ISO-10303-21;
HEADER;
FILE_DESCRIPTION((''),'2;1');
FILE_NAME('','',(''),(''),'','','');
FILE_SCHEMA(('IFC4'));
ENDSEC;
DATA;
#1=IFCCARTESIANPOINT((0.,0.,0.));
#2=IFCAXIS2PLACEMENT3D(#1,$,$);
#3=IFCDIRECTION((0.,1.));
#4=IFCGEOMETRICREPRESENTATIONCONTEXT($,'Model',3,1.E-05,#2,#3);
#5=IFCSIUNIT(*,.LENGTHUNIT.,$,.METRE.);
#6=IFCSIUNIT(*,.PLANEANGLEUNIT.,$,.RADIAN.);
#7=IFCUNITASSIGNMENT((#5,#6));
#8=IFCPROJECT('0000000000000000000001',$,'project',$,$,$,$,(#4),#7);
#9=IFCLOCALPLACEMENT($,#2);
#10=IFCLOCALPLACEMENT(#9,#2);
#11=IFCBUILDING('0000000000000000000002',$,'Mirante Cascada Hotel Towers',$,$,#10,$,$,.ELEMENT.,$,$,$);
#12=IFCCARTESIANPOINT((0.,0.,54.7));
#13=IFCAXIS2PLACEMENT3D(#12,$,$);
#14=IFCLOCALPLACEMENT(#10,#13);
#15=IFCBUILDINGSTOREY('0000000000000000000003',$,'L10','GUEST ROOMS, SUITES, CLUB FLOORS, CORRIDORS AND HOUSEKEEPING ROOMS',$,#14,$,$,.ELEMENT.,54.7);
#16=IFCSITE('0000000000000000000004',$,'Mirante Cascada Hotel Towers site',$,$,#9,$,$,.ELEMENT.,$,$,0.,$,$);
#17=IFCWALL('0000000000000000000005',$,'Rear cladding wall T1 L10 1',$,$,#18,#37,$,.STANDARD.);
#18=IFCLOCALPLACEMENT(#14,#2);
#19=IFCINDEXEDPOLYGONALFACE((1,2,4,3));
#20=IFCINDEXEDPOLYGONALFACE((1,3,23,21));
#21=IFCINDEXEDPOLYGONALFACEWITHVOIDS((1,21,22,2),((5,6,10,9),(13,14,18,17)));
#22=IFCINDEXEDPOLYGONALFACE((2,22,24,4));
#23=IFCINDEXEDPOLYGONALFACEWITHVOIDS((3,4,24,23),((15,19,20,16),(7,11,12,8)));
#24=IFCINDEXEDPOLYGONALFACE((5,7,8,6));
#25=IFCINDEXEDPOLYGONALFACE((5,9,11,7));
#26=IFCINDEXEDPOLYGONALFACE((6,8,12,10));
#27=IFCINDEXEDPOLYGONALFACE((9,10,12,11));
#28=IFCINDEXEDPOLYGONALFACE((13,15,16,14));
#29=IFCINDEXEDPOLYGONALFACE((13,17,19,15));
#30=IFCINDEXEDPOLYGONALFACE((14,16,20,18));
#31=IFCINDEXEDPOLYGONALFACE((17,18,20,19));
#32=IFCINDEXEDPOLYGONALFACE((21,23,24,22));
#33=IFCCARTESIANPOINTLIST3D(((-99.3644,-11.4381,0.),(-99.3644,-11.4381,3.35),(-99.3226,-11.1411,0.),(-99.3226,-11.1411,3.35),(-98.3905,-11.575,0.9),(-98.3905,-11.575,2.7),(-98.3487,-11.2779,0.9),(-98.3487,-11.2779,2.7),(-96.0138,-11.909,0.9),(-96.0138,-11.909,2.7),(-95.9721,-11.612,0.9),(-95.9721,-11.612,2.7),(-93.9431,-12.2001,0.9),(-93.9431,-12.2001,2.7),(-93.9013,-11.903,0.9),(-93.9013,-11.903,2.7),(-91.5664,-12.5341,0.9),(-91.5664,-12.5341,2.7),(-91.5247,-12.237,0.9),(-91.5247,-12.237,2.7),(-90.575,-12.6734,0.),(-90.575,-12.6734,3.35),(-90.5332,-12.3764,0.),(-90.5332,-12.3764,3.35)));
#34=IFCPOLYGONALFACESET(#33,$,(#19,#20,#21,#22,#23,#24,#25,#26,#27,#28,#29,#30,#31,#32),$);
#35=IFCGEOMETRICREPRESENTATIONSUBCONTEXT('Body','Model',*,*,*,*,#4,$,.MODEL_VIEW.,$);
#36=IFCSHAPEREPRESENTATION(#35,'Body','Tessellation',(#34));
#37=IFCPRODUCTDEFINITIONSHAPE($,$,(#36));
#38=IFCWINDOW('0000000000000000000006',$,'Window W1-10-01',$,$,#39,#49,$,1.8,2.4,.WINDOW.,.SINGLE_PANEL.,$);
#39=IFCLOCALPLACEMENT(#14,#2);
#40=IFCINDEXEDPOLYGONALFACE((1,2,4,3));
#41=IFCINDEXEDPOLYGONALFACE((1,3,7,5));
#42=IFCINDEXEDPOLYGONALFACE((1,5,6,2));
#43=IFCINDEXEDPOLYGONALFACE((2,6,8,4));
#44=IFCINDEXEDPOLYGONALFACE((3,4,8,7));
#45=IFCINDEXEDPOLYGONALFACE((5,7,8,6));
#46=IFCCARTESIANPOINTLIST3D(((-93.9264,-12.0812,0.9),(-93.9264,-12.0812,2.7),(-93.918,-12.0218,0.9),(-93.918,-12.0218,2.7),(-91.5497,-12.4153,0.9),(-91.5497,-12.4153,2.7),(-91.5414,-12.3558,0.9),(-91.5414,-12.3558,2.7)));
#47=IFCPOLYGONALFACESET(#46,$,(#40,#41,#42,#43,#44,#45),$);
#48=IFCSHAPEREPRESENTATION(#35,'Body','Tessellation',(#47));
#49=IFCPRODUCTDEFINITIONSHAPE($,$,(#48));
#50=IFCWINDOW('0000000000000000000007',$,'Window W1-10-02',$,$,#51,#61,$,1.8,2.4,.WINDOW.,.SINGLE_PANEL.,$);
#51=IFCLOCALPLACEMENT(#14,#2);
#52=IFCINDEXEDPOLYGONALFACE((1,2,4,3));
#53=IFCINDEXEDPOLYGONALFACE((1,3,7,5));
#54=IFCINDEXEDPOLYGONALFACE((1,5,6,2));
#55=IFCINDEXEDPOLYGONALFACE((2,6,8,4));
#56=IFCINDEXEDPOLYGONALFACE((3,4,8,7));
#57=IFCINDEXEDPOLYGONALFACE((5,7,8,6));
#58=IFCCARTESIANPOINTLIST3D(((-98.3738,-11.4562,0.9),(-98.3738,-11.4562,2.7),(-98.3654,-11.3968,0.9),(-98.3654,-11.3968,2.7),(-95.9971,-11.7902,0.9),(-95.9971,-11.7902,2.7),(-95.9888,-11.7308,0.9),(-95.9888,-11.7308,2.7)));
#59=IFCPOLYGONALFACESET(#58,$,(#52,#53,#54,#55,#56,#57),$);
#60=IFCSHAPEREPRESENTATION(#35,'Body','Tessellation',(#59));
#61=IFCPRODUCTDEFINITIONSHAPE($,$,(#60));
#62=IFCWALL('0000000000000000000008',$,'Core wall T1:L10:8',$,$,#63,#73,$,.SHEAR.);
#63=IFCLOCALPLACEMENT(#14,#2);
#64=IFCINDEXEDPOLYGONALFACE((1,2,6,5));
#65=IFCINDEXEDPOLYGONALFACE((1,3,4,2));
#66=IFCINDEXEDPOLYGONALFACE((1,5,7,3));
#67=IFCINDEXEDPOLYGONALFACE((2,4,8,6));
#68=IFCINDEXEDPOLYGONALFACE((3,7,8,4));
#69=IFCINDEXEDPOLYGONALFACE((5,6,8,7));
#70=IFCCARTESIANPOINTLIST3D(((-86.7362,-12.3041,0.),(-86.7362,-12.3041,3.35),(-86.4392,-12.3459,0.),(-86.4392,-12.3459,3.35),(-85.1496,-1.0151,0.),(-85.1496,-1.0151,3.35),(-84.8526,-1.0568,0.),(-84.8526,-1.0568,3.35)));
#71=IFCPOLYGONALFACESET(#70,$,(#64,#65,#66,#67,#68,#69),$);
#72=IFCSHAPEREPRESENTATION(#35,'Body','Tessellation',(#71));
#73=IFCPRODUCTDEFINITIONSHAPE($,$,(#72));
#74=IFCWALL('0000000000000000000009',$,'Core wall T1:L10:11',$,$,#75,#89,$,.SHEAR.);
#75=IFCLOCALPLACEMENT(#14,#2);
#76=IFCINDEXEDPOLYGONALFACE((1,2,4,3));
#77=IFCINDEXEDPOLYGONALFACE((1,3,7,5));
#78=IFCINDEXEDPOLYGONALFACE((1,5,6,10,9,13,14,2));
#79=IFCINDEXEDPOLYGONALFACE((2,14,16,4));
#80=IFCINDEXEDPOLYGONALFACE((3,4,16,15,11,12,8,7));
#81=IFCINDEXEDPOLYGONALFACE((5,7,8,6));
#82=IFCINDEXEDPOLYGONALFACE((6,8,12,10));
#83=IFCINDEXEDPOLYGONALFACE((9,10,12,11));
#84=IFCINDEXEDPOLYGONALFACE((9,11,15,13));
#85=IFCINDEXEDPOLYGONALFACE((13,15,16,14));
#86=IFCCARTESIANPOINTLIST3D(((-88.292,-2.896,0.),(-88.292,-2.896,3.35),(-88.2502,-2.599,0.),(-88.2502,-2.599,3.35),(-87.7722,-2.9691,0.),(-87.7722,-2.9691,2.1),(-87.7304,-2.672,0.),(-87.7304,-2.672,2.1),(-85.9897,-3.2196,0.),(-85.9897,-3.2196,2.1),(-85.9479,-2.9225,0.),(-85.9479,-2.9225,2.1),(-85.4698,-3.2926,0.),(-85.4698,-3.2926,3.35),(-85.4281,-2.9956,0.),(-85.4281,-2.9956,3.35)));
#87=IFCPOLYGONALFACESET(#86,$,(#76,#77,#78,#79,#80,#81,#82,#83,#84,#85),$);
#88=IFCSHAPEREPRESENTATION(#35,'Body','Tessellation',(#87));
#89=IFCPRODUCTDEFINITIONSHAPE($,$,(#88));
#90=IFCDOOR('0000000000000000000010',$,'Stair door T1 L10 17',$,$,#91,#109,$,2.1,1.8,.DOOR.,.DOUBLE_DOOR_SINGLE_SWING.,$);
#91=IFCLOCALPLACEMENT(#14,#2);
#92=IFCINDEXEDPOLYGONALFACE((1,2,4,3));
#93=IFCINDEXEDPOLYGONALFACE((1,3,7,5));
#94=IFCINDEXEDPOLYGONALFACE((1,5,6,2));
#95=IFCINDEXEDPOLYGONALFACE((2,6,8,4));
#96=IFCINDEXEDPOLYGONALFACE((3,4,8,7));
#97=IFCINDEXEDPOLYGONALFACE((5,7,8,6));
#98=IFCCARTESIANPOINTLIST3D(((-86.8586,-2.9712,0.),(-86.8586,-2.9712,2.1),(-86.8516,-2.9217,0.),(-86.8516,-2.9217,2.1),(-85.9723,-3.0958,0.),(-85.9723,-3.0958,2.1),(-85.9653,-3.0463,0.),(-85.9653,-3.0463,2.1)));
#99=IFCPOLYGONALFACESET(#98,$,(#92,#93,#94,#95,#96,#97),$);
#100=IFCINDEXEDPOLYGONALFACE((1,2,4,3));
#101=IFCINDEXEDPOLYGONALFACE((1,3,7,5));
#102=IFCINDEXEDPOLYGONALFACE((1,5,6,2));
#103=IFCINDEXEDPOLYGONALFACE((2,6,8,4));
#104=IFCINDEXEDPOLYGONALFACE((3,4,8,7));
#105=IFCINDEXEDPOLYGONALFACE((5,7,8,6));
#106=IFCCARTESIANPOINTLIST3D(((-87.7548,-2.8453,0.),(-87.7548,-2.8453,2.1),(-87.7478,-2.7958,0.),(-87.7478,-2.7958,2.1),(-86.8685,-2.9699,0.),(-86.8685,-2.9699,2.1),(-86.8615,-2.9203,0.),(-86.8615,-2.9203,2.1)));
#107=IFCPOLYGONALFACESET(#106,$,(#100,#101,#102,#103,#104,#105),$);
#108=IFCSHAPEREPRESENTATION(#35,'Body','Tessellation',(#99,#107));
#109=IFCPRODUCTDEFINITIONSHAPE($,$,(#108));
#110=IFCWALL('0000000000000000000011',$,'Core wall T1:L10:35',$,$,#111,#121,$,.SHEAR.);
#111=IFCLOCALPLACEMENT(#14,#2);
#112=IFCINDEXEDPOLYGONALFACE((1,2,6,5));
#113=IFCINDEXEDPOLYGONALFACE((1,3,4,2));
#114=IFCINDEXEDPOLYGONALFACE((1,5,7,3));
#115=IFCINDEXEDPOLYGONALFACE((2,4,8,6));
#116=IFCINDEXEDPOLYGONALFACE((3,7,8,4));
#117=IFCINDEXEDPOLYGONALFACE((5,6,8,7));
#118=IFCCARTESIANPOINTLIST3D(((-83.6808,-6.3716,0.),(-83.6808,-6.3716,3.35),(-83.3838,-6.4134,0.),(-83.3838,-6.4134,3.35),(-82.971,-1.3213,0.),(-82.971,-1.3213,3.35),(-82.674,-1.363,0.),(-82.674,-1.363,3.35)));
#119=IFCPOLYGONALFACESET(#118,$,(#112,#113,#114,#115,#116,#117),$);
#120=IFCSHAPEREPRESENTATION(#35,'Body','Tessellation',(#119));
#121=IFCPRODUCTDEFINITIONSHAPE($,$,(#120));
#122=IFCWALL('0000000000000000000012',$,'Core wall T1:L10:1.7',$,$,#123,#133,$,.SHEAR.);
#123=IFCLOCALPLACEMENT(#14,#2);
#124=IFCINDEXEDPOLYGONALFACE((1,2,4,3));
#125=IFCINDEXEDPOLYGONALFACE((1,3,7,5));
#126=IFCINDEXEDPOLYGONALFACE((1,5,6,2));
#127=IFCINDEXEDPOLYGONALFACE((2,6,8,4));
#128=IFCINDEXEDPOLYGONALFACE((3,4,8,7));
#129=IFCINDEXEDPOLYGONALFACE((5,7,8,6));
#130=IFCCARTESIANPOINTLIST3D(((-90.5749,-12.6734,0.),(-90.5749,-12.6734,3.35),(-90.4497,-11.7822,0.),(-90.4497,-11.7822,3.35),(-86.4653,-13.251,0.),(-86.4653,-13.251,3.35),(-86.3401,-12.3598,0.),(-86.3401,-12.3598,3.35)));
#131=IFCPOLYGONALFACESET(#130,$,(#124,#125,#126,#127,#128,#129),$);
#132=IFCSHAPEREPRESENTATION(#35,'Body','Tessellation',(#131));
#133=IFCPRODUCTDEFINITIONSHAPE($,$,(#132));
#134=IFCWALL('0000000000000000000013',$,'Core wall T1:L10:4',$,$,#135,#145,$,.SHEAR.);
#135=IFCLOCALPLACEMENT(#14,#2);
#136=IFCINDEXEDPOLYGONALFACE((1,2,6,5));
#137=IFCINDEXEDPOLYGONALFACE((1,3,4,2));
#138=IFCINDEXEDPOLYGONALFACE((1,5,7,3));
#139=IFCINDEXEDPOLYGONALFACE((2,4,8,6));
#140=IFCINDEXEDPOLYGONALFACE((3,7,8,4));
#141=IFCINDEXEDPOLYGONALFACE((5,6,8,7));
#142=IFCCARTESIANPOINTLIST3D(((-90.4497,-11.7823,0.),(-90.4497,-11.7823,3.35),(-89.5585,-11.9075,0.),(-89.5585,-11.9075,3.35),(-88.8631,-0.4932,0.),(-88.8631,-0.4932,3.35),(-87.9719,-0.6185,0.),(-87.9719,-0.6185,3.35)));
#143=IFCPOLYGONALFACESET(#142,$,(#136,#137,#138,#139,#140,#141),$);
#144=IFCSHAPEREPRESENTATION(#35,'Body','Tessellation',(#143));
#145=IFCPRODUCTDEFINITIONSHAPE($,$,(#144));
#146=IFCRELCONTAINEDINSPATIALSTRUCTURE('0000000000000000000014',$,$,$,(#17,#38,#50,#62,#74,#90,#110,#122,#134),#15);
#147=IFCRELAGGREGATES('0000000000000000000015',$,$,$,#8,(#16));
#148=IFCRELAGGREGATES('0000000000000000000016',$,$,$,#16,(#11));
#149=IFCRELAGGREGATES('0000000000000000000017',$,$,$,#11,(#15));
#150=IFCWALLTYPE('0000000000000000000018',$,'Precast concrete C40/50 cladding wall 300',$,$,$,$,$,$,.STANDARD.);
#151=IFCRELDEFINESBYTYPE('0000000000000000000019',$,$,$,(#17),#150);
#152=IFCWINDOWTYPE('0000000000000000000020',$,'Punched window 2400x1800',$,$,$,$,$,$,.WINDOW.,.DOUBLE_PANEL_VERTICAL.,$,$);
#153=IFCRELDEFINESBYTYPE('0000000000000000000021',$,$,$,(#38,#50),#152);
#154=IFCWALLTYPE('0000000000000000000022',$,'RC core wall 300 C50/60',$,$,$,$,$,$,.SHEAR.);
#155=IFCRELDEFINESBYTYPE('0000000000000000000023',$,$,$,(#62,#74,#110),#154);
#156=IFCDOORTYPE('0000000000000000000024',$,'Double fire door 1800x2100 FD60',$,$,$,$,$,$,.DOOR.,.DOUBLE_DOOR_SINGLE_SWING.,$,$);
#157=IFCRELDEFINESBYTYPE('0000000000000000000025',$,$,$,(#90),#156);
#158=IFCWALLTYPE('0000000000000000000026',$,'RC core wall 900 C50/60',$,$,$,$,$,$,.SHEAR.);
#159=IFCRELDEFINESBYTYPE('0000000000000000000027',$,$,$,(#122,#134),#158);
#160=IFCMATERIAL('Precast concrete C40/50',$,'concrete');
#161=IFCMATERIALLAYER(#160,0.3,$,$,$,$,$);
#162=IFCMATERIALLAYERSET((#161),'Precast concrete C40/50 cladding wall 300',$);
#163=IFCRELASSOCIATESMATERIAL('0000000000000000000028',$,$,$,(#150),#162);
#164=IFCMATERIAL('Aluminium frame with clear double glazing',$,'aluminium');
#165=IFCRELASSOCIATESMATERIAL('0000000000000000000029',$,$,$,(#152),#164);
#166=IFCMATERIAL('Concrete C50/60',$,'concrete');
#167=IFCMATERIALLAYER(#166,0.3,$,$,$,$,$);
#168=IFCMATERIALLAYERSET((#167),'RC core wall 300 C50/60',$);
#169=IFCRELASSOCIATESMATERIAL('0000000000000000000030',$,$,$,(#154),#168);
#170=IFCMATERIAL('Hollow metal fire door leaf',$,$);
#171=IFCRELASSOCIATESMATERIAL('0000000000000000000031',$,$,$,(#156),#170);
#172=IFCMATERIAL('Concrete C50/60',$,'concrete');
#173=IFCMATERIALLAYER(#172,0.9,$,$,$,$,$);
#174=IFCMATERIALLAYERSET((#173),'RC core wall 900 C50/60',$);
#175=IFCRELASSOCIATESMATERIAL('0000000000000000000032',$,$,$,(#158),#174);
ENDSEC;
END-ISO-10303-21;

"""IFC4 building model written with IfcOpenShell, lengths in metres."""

from ifc_helpers import new_model, si_unit, direction, frame, frame_2d, origin, place, context, subcontext, project, spatial, rectangle, extrude, material, layer, layer_set, type_object, element, fill, save


model = new_model("IFC4")

# Units and contexts
model_context = context("Model", 3, precision=1e-05, world=origin(), true_north=direction((0.0, 1.0)))
body_context = subcontext(model_context, "Body", "Model", "MODEL_VIEW")
ifc_project = project(units=[si_unit("LENGTHUNIT", "METRE"), si_unit("PLANEANGLEUNIT", "RADIAN")], contexts=[model_context])

# Site, building, storey
site_placement = place(None, origin())
site = spatial("IfcSite", under=ifc_project, at=site_placement, Name="Mirante Cascada Hotel Towers site", CompositionType="ELEMENT", RefElevation=0.0)
building_placement = place(site_placement, origin())
building = spatial("IfcBuilding", under=site, at=building_placement, Name="Mirante Cascada Hotel Towers", CompositionType="ELEMENT")
storey_placement = place(building_placement, frame((0.0, 0.0, 54.7)))
storey = spatial("IfcBuildingStorey", under=building, at=storey_placement, Name="L10", Description="GUEST ROOMS, SUITES, CLUB FLOORS, CORRIDORS AND HOUSEKEEPING ROOMS", CompositionType="ELEMENT", Elevation=54.7)

# Wall, openings, windows
ifc_material_1 = material(Name="Precast concrete C40/50", Category="concrete")
ifc_layer_1 = layer(ifc_material_1, 0.3)
ifc_layer_set_1 = layer_set([ifc_layer_1], Name="Precast concrete C40/50 cladding wall 300")
wall_type_1 = type_object("IfcWallType", Name="Precast concrete C40/50 cladding wall 300", PredefinedType="STANDARD", material=ifc_layer_set_1)
wall_1_placement = place(storey_placement, frame((-90.5541, -12.5249, 0.0), z_axis=(0.0, 0.0, 1.0), x_axis=(-0.990268, 0.139177, 0.0)))
wall_1 = element("IfcWall", 1, at=wall_1_placement, inside=storey, type_object=wall_type_1, Name="Rear cladding wall T1 L10 1", PredefinedType="STANDARD", context=body_context, shape_type="SweptSolid", body=[
    extrude(rectangle(XDim=8.8758, YDim=0.3, at=frame_2d((4.4379, 0.0))), origin(), (0.0, 0.0, 1.0), 3.35),
])
opening_1_placement = place(wall_1_placement, frame((1.0012, 0.0, 0.9)))
opening_1 = element("IfcOpeningElement", 2, at=opening_1_placement, cuts=wall_1, PredefinedType="OPENING", context=body_context, shape_type="SweptSolid", body=[
    extrude(rectangle(XDim=2.4, YDim=1.8, at=frame_2d((1.2, 0.9))), frame((0.0, 0.15, 0.0), z_axis=(0.0, -1.0, 0.0), x_axis=(1.0, 0.0, 0.0)), (0.0, 0.0, 1.0), 0.3),
])
opening_2_placement = place(wall_1_placement, frame((5.4923, 0.0, 0.9)))
opening_2 = element("IfcOpeningElement", 3, at=opening_2_placement, cuts=wall_1, PredefinedType="OPENING", context=body_context, shape_type="SweptSolid", body=[
    extrude(rectangle(XDim=2.4, YDim=1.8, at=frame_2d((1.2, 0.9))), frame((0.0, 0.15, 0.0), z_axis=(0.0, -1.0, 0.0), x_axis=(1.0, 0.0, 0.0)), (0.0, 0.0, 1.0), 0.3),
])
ifc_material_2 = material(Name="Aluminium frame with clear double glazing", Category="aluminium")
window_type = type_object("IfcWindowType", Name="Punched window 2400x1800", PartitioningType="DOUBLE_PANEL_VERTICAL", PredefinedType="WINDOW", material=ifc_material_2)
window_1_placement = place(opening_1_placement, origin())
window_1 = element("IfcWindow", 4, at=window_1_placement, inside=storey, type_object=window_type, Name="Window W1-10-01", OverallHeight=1.8, OverallWidth=2.4, PartitioningType="SINGLE_PANEL", PredefinedType="WINDOW", context=body_context, shape_type="SweptSolid", body=[
    extrude(rectangle(XDim=2.4, YDim=1.8, at=frame_2d((1.2, 0.9))), frame((0.0, 0.03, 0.0), z_axis=(0.0, -1.0, 0.0), x_axis=(1.0, 0.0, 0.0)), (0.0, 0.0, 1.0), 0.06),
])
fill(opening_1, window_1)
window_2_placement = place(opening_2_placement, origin())
window_2 = element("IfcWindow", 5, at=window_2_placement, inside=storey, type_object=window_type, Name="Window W1-10-02", OverallHeight=1.8, OverallWidth=2.4, PartitioningType="SINGLE_PANEL", PredefinedType="WINDOW", context=body_context, shape_type="SweptSolid", body=[
    extrude(rectangle(XDim=2.4, YDim=1.8, at=frame_2d((1.2, 0.9))), frame((0.0, 0.03, 0.0), z_axis=(0.0, -1.0, 0.0), x_axis=(1.0, 0.0, 0.0)), (0.0, 0.0, 1.0), 0.06),
])
fill(opening_2, window_2)

# Wall
ifc_material_3 = material(Name="Concrete C50/60", Category="concrete")
ifc_layer_2 = layer(ifc_material_3, 0.3)
ifc_layer_set_2 = layer_set([ifc_layer_2], Name="RC core wall 300 C50/60")
wall_type_2 = type_object("IfcWallType", Name="RC core wall 300 C50/60", PredefinedType="SHEAR", material=ifc_layer_set_2)
wall_2_placement = place(storey_placement, frame((-86.5877, -12.325, 0.0), z_axis=(0.0, 0.0, 1.0), x_axis=(0.139175, 0.990268, 0.0)))
element("IfcWall", 6, at=wall_2_placement, inside=storey, type_object=wall_type_2, Name="Core wall T1:L10:8", PredefinedType="SHEAR", context=body_context, shape_type="SweptSolid", body=[
    extrude(rectangle(XDim=11.4, YDim=0.3, at=frame_2d((5.7, 0.0))), origin(), (0.0, 0.0, 1.0), 3.35),
])

# Wall, opening, door
wall_3_placement = place(storey_placement, frame((-85.4489, -3.1441, 0.0), z_axis=(0.0, 0.0, 1.0), x_axis=(-0.99027, 0.139161, 0.0)))
wall_3 = element("IfcWall", 7, at=wall_3_placement, inside=storey, type_object=wall_type_2, Name="Core wall T1:L10:11", PredefinedType="SHEAR", context=body_context, shape_type="SweptSolid", body=[
    extrude(rectangle(XDim=2.8499, YDim=0.3, at=frame_2d((1.425, 0.0))), origin(), (0.0, 0.0, 1.0), 3.35),
])
opening_3_placement = place(wall_3_placement, frame((0.525, 0.0, 0.0)))
opening_3 = element("IfcOpeningElement", 8, at=opening_3_placement, cuts=wall_3, PredefinedType="OPENING", context=body_context, shape_type="SweptSolid", body=[
    extrude(rectangle(XDim=1.8, YDim=2.1, at=frame_2d((0.9, 1.05))), frame((0.0, 0.15, 0.0), z_axis=(0.0, -1.0, 0.0), x_axis=(1.0, 0.0, 0.0)), (0.0, 0.0, 1.0), 0.3),
])
ifc_material_4 = material(Name="Hollow metal fire door leaf")
door_type_1 = type_object("IfcDoorType", Name="Double fire door 1800x2100 FD60", OperationType="DOUBLE_DOOR_SINGLE_SWING", PredefinedType="DOOR", material=ifc_material_4)
door_1_placement = place(opening_3_placement, origin())
door_1 = element("IfcDoor", 9, at=door_1_placement, inside=storey, type_object=door_type_1, Name="Stair door T1 L10 17", OperationType="DOUBLE_DOOR_SINGLE_SWING", OverallHeight=2.1, OverallWidth=1.8, PredefinedType="DOOR", context=body_context, shape_type="SweptSolid", body=[
    extrude(rectangle(XDim=0.895, YDim=2.1, at=frame_2d((0.4475, 1.05))), frame((0.0, 0.025, 0.0), z_axis=(0.0, -1.0, 0.0), x_axis=(1.0, 0.0, 0.0)), (0.0, 0.0, 1.0), 0.05),
    extrude(rectangle(XDim=0.895, YDim=2.1, at=frame_2d((1.3525, 1.05))), frame((0.0, 0.025, 0.0), z_axis=(0.0, -1.0, 0.0), x_axis=(1.0, 0.0, 0.0)), (0.0, 0.0, 1.0), 0.05),
])
fill(opening_3, door_1)

# Walls
wall_4_placement = place(storey_placement, frame((-83.5323, -6.3925, 0.0), z_axis=(0.0, 0.0, 1.0), x_axis=(0.139176, 0.990268, 0.0)))
element("IfcWall", 10, at=wall_4_placement, inside=storey, type_object=wall_type_2, Name="Core wall T1:L10:35", PredefinedType="SHEAR", context=body_context, shape_type="SweptSolid", body=[
    extrude(rectangle(XDim=5.1, YDim=0.3, at=frame_2d((2.55, 0.0))), origin(), (0.0, 0.0, 1.0), 3.35),
])
ifc_material_5 = material(Name="Concrete C50/60", Category="concrete")
ifc_layer_3 = layer(ifc_material_5, 0.9)
ifc_layer_set_3 = layer_set([ifc_layer_3], Name="RC core wall 900 C50/60")
wall_type_3 = type_object("IfcWallType", Name="RC core wall 900 C50/60", PredefinedType="SHEAR", material=ifc_layer_set_3)
wall_5_placement = place(storey_placement, frame((-86.4027, -12.8054, 0.0), z_axis=(0.0, 0.0, 1.0), x_axis=(-0.990267, 0.139181, 0.0)))
element("IfcWall", 11, at=wall_5_placement, inside=storey, type_object=wall_type_3, Name="Core wall T1:L10:1.7", PredefinedType="SHEAR", context=body_context, shape_type="SweptSolid", body=[
    extrude(rectangle(XDim=4.15, YDim=0.9, at=frame_2d((2.075, 0.0))), origin(), (0.0, 0.0, 1.0), 3.35),
])
wall_6_placement = place(storey_placement, frame((-90.0041, -11.8449, 0.0), z_axis=(0.0, 0.0, 1.0), x_axis=(0.139175, 0.990268, 0.0)))
element("IfcWall", 12, at=wall_6_placement, inside=storey, type_object=wall_type_3, Name="Core wall T1:L10:4", PredefinedType="SHEAR", context=body_context, shape_type="SweptSolid", body=[
    extrude(rectangle(XDim=11.4, YDim=0.9, at=frame_2d((5.7, 0.0))), origin(), (0.0, 0.0, 1.0), 3.35),
])

save(model, "model.ifc")
